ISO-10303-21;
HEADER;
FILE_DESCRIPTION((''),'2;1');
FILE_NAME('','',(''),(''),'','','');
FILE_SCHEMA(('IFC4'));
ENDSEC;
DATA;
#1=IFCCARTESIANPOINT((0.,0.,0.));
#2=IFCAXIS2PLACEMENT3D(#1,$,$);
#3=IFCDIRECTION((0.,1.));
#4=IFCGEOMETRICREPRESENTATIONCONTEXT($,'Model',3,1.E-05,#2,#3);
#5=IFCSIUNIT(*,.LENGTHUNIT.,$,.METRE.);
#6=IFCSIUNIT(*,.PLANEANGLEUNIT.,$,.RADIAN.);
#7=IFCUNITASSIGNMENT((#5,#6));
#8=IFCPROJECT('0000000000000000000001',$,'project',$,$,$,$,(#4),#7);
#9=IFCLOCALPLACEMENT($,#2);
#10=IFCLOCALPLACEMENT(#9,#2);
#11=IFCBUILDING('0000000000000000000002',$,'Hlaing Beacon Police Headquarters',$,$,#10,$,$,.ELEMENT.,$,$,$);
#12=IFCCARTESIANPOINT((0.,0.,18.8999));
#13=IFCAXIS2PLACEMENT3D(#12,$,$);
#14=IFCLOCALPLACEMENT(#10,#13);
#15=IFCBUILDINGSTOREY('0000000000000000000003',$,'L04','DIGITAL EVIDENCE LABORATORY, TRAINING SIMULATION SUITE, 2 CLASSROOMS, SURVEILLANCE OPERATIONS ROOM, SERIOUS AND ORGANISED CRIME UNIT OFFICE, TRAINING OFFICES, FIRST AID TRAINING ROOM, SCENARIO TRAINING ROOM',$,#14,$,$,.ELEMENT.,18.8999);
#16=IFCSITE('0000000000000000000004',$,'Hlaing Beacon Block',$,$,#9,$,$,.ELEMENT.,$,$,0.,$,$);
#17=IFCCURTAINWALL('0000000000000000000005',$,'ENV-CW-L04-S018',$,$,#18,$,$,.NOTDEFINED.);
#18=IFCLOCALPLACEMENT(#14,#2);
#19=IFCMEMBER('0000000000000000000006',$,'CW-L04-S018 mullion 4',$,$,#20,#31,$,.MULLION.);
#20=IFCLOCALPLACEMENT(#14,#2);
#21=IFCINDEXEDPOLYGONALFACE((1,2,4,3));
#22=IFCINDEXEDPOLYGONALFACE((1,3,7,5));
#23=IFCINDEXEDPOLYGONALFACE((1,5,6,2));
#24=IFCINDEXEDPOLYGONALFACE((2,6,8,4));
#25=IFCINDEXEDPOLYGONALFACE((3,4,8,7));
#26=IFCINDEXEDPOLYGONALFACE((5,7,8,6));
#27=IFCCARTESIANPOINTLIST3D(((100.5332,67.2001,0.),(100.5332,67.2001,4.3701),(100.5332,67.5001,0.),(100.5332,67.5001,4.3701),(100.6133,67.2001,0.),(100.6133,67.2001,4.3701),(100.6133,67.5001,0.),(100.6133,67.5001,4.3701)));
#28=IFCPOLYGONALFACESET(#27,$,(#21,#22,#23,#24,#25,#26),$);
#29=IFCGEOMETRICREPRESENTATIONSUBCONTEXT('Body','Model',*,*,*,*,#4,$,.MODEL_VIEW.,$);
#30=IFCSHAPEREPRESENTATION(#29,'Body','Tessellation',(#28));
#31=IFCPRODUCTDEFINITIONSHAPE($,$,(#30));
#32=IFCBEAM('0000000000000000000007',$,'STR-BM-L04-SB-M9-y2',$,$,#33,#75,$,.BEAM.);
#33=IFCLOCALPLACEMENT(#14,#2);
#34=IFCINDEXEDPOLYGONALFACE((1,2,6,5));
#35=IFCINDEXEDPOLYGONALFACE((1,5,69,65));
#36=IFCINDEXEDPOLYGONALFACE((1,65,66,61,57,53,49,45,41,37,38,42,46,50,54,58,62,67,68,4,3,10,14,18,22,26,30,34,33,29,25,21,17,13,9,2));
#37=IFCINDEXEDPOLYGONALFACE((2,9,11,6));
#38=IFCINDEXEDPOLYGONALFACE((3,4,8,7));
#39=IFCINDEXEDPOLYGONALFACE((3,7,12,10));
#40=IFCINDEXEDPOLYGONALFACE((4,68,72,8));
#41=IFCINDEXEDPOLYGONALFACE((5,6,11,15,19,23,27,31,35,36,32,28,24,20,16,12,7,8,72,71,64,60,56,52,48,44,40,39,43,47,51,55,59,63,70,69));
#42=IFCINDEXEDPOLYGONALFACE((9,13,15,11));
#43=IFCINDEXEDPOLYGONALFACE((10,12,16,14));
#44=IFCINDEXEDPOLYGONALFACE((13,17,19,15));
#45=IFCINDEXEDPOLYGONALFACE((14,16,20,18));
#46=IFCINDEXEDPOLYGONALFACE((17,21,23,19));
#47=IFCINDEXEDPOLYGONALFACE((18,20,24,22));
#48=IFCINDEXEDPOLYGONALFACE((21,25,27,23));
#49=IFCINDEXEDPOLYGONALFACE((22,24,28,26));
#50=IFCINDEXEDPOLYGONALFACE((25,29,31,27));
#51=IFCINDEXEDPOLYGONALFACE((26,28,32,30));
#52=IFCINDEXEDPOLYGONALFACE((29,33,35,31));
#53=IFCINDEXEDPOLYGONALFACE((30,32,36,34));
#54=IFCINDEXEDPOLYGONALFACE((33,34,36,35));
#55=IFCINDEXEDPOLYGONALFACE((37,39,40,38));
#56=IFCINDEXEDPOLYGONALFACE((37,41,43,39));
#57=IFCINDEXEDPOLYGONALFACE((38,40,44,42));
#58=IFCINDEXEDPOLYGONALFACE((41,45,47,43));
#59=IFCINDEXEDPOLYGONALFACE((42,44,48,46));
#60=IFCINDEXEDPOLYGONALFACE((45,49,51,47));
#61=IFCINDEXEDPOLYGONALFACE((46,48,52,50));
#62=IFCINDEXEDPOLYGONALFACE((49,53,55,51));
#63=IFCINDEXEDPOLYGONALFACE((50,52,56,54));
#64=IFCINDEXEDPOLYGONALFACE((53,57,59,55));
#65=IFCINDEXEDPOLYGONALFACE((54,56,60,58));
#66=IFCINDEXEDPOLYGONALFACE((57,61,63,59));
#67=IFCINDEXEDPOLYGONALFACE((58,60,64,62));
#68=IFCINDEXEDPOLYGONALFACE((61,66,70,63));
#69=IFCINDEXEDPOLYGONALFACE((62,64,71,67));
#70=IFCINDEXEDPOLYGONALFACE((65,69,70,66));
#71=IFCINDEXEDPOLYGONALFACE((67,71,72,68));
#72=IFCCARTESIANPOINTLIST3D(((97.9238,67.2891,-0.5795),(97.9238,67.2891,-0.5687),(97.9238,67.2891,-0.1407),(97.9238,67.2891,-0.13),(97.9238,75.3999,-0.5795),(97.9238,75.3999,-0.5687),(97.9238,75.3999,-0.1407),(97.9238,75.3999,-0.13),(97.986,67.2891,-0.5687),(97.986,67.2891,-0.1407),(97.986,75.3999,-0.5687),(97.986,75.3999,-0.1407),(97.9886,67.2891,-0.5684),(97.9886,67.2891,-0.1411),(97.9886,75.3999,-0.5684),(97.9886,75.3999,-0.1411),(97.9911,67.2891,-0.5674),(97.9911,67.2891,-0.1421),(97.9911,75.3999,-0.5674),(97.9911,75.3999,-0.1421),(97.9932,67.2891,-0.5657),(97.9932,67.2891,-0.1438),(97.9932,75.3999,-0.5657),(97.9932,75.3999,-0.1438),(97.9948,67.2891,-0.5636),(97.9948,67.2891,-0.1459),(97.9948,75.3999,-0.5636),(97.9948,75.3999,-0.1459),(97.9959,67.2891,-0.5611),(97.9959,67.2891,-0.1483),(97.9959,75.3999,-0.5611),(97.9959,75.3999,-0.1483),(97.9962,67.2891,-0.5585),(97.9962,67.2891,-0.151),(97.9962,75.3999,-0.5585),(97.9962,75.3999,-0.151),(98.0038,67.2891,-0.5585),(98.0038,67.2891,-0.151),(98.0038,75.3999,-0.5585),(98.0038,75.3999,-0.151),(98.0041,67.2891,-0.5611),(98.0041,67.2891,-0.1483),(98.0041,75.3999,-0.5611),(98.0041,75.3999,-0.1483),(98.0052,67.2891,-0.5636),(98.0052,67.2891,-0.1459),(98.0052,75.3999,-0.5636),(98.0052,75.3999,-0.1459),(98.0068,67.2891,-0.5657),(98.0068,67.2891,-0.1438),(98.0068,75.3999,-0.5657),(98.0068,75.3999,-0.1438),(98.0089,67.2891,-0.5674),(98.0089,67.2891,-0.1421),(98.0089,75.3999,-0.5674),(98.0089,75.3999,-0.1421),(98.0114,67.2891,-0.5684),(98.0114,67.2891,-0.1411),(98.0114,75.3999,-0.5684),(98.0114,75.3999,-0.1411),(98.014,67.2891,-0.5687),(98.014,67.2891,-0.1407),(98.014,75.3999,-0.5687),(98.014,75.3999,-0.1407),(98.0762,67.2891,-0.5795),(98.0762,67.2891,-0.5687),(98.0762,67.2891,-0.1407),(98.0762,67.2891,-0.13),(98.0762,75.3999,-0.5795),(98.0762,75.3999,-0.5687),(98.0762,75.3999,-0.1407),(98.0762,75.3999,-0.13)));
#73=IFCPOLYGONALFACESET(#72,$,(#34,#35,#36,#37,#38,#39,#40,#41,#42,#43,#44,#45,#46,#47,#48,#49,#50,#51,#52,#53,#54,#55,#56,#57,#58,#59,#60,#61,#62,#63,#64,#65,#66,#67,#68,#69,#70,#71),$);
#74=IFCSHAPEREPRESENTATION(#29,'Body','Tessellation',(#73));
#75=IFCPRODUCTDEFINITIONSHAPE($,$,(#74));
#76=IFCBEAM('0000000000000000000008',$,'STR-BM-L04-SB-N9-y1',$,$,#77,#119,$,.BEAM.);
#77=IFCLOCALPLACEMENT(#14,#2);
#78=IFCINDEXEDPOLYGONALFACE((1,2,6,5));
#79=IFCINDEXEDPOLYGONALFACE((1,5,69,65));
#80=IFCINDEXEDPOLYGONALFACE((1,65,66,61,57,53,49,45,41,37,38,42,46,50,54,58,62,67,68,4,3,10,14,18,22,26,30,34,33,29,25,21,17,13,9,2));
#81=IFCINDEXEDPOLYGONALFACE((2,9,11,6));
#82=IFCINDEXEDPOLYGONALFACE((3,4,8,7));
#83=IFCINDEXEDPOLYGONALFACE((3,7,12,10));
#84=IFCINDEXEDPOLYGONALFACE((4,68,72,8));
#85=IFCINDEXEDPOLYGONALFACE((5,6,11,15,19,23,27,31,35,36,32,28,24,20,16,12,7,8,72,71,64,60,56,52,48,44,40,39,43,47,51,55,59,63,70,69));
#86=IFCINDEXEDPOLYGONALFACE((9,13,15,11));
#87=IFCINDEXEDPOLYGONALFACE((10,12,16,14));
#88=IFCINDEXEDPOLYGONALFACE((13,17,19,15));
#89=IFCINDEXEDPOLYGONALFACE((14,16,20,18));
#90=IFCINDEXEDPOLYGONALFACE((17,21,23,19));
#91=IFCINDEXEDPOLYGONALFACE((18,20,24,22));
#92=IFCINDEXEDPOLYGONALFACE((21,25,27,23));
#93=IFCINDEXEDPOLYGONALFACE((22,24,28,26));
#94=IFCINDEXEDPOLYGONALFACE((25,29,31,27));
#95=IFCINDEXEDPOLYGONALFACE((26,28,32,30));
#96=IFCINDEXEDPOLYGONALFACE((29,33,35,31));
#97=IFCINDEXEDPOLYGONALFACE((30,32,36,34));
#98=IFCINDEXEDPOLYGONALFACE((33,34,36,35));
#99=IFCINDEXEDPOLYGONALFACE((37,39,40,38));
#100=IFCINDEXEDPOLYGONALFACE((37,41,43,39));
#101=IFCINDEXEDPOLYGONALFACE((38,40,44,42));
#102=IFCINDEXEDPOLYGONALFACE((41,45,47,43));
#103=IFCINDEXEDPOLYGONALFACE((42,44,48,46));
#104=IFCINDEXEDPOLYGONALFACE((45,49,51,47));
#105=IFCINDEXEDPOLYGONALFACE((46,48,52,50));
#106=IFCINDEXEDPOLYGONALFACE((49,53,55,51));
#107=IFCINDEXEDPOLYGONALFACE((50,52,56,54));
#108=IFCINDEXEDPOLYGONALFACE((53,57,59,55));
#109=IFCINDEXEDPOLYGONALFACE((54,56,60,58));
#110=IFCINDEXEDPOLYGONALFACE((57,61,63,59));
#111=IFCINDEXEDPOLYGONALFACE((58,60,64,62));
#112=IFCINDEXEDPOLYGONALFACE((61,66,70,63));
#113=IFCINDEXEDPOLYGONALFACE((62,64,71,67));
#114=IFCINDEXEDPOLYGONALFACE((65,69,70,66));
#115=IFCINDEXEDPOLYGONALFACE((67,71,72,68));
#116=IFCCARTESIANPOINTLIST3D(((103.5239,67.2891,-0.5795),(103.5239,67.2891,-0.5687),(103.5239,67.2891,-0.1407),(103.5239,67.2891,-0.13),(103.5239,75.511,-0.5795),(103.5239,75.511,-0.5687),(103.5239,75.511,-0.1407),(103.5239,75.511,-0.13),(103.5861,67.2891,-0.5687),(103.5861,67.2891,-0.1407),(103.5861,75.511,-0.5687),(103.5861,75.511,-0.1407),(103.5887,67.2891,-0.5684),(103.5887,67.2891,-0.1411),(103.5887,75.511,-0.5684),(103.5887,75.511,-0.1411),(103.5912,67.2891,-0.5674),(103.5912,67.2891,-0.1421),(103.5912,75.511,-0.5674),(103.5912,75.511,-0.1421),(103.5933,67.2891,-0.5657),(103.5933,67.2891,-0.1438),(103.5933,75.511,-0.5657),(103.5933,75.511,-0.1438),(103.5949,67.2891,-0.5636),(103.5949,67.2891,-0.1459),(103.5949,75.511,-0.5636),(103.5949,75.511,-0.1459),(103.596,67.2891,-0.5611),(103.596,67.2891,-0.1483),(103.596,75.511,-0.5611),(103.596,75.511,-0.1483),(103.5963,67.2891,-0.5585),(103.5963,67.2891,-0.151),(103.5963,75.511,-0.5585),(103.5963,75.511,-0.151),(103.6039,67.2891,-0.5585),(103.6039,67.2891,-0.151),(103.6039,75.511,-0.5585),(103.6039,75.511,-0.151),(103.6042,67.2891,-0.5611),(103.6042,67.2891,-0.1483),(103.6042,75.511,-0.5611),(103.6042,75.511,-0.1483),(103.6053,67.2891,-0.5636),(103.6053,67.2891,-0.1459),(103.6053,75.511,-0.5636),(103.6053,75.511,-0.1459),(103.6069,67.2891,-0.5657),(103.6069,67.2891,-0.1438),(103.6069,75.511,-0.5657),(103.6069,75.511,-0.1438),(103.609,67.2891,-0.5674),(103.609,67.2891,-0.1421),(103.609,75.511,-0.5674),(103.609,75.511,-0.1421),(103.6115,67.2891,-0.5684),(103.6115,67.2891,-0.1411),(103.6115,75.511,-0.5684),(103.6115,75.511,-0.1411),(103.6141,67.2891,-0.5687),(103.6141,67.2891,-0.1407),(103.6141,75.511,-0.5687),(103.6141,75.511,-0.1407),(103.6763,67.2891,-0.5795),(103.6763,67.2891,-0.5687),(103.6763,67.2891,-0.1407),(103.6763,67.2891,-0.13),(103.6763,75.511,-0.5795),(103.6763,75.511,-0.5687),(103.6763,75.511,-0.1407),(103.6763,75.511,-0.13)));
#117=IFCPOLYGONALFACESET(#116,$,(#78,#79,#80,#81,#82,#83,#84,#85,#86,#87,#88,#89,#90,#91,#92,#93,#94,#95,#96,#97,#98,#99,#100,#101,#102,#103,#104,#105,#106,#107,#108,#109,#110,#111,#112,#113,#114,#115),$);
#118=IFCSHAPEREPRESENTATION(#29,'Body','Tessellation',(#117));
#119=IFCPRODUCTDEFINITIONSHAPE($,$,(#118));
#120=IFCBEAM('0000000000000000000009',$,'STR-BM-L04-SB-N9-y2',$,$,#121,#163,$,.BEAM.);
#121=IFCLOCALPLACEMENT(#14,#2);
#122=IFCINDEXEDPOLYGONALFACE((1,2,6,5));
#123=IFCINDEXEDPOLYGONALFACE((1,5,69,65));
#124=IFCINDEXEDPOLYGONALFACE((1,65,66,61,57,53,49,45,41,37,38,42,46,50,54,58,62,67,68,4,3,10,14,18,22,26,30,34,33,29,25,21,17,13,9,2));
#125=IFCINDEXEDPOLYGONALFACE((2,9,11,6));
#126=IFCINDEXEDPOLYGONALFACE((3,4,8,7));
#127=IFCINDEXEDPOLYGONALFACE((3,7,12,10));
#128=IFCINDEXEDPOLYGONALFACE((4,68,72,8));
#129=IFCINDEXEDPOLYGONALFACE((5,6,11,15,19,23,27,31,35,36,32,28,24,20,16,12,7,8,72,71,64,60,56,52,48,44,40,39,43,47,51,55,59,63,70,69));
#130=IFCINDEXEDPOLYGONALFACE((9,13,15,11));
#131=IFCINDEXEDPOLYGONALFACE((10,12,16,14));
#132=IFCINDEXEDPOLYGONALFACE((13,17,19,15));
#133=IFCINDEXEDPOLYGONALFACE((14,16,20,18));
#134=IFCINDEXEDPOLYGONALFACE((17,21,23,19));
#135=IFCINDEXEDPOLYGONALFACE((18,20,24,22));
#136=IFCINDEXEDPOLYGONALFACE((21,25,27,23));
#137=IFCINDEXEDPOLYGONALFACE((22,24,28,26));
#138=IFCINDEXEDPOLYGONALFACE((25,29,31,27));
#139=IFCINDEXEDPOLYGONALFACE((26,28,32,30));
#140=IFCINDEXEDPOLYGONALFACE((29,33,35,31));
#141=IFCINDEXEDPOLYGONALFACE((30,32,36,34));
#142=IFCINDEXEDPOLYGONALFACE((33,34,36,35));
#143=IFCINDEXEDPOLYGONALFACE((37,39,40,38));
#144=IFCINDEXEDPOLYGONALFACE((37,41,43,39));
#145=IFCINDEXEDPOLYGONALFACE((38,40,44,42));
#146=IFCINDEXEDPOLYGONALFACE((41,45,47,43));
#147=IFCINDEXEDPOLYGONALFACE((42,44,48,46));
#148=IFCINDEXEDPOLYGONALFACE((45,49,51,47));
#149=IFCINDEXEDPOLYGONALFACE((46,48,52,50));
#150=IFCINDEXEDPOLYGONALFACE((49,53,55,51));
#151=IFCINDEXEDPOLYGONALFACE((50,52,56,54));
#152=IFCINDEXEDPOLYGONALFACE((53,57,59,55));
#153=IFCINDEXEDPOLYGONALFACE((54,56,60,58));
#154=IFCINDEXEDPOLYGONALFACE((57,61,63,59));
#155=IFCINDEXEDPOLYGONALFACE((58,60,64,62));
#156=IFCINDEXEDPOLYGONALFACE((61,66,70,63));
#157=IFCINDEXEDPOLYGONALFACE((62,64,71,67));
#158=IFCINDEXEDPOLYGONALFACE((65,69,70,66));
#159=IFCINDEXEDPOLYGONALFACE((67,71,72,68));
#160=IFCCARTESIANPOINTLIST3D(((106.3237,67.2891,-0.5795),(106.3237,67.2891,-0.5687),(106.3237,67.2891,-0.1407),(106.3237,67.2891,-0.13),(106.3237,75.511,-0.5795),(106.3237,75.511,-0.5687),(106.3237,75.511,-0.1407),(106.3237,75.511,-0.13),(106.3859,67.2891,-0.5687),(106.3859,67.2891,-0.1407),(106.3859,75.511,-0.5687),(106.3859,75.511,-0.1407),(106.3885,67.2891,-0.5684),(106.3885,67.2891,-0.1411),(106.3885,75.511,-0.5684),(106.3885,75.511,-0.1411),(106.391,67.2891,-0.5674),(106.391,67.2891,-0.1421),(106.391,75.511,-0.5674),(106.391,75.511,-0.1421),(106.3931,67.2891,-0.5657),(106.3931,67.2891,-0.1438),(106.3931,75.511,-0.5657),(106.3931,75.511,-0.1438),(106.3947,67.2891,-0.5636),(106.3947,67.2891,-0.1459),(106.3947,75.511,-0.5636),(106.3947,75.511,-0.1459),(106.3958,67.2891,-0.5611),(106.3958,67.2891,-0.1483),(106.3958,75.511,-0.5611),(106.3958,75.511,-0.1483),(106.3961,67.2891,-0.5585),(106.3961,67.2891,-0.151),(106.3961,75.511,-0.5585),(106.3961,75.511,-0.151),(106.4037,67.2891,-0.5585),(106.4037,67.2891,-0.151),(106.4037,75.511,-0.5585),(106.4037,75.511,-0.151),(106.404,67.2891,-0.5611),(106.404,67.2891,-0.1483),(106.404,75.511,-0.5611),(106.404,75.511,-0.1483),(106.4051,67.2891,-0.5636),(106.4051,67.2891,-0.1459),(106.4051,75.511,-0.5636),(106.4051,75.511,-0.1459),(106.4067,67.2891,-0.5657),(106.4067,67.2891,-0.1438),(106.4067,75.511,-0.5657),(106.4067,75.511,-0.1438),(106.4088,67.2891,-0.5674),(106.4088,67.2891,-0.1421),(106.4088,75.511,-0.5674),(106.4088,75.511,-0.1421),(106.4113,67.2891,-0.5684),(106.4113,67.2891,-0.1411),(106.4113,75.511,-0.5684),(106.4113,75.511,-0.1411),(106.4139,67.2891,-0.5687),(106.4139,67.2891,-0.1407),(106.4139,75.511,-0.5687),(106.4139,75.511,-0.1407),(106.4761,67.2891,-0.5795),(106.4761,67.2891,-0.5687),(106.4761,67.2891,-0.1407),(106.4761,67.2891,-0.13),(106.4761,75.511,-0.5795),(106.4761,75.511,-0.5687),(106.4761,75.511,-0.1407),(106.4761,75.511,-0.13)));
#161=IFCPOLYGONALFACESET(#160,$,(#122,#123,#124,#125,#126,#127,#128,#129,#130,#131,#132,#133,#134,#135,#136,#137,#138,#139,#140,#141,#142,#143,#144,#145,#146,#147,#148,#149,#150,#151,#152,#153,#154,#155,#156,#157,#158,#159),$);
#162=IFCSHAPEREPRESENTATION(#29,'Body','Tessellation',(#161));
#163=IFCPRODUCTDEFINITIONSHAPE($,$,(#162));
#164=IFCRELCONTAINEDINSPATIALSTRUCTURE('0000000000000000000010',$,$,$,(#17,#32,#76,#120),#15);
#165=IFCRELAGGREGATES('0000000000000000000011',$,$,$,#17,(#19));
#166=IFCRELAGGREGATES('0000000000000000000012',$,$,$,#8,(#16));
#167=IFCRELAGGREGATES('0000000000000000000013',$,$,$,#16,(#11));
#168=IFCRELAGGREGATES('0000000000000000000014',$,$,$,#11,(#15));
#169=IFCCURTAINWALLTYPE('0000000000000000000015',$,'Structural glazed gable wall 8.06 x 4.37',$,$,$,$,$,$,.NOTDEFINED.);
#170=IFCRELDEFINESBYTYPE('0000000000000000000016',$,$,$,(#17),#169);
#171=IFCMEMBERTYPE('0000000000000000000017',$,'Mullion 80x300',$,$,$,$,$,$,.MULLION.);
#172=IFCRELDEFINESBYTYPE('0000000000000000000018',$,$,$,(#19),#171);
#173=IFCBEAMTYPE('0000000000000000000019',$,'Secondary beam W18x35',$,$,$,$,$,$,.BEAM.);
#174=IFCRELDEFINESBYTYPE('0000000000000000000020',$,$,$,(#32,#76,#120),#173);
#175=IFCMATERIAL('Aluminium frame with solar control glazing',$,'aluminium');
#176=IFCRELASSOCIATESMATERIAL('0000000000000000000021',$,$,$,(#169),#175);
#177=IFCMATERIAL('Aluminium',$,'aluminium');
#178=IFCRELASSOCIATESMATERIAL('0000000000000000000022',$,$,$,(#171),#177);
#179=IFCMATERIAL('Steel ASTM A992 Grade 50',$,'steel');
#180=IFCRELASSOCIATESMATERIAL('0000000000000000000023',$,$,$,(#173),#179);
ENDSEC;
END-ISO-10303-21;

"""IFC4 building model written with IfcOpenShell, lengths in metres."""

from ifc_helpers import new_model, si_unit, direction, frame, origin, origin_2d, place, context, subcontext, project, spatial, rectangle, i_section, extrude, material, material_profile, profile_set, type_object, element, aggregate, save


model = new_model("IFC4")

# Units and contexts
model_context = context("Model", 3, precision=1e-05, world=origin(), true_north=direction((0.0, 1.0)))
body_context = subcontext(model_context, "Body", "Model", "MODEL_VIEW")
ifc_project = project(units=[si_unit("LENGTHUNIT", "METRE"), si_unit("PLANEANGLEUNIT", "RADIAN")], contexts=[model_context])

# Site, building, storey
site_placement = place(None, origin())
site = spatial("IfcSite", under=ifc_project, at=site_placement, Name="Hlaing Beacon Block", CompositionType="ELEMENT", RefElevation=0.0)
building_placement = place(site_placement, origin())
building = spatial("IfcBuilding", under=site, at=building_placement, Name="Hlaing Beacon Police Headquarters", CompositionType="ELEMENT")
storey_placement = place(building_placement, frame((0.0, 0.0, 18.8999)))
storey = spatial("IfcBuildingStorey", under=building, at=storey_placement, Name="L04", Description="DIGITAL EVIDENCE LABORATORY, TRAINING SIMULATION SUITE, 2 CLASSROOMS, SURVEILLANCE OPERATIONS ROOM, SERIOUS AND ORGANISED CRIME UNIT OFFICE, TRAINING OFFICES, FIRST AID TRAINING ROOM, SCENARIO TRAINING ROOM", CompositionType="ELEMENT", Elevation=18.8999)

# Curtain wall, member
ifc_material_1 = material(Name="Aluminium frame with solar control glazing", Category="aluminium")
curtain_wall_type = type_object("IfcCurtainWallType", Name="Structural glazed gable wall 8.06 x 4.37", PredefinedType="NOTDEFINED", material=ifc_material_1)
curtain_wall_placement = place(storey_placement, origin())
curtain_wall = element("IfcCurtainWall", 1, at=curtain_wall_placement, inside=storey, type_object=curtain_wall_type, Name="ENV-CW-L04-S018", PredefinedType="NOTDEFINED")
ifc_material_2 = material(Name="Aluminium", Category="aluminium")
ifc_material_profile_1 = material_profile(ifc_material_2, rectangle(XDim=0.3, YDim=0.0801, at=origin_2d()), Name="Mullion 80x300")
ifc_profile_set_1 = profile_set([ifc_material_profile_1], Name="Aluminium")
member_type_1 = type_object("IfcMemberType", Name="Mullion 80x300", PredefinedType="MULLION", material=ifc_profile_set_1)
member_1_placement = place(storey_placement, frame((100.5732, 67.3501, 0.0), z_axis=(0.0, 0.0, 1.0), x_axis=(0.0, 1.0, 0.0)))
member_1 = element("IfcMember", 2, at=member_1_placement, type_object=member_type_1, Name="CW-L04-S018 mullion 4", PredefinedType="MULLION", context=body_context, shape_type="SweptSolid", body=[
    extrude(rectangle(XDim=0.3, YDim=0.0801, at=origin_2d()), origin(), (0.0, 0.0, 1.0), 4.3701),
])

# Beams
ifc_material_3 = material(Name="Steel ASTM A992 Grade 50", Category="steel")
ifc_material_profile_2 = material_profile(ifc_material_3, i_section(OverallWidth=0.1523, OverallDepth=0.4495, WebThickness=0.0076, FlangeThickness=0.0107, FilletRadius=0.0103, at=origin_2d()), Name="W18x35")
ifc_profile_set_2 = profile_set([ifc_material_profile_2], Name="Steel ASTM A992 Grade 50")
beam_type_1 = type_object("IfcBeamType", Name="Secondary beam W18x35", PredefinedType="BEAM", material=ifc_profile_set_2)
beam_1_placement = place(storey_placement, frame((98.0, 67.2891, -0.3547), z_axis=(0.0, 1.0, 0.0), x_axis=(-1.0, 0.0, 0.0)))
element("IfcBeam", 3, at=beam_1_placement, inside=storey, type_object=beam_type_1, Name="STR-BM-L04-SB-M9-y2", PredefinedType="BEAM", context=body_context, shape_type="SweptSolid", body=[
    extrude(i_section(OverallWidth=0.1523, OverallDepth=0.4495, WebThickness=0.0076, FlangeThickness=0.0107, FilletRadius=0.0103, at=origin_2d()), origin(), (0.0, 0.0, 1.0), 8.1108),
])
for number, where, z_axis, x_axis, name in (
    (4, (103.6001, 67.2891, -0.3547), (0.0, 1.0, 0.0), (-1.0, 0.0, 0.0), "STR-BM-L04-SB-N9-y1"),
    (5, (106.3999, 67.2891, -0.3547), (0.0, 1.0, 0.0), (-1.0, 0.0, 0.0), "STR-BM-L04-SB-N9-y2"),
):
    element("IfcBeam", number, at=place(storey_placement, frame(where, z_axis=z_axis, x_axis=x_axis)), inside=storey, type_object=beam_type_1, Name=name, PredefinedType="BEAM", context=body_context, shape_type="SweptSolid", body=[
        extrude(i_section(OverallWidth=0.1523, OverallDepth=0.4495, WebThickness=0.0076, FlangeThickness=0.0107, FilletRadius=0.0103, at=origin_2d()), origin(), (0.0, 0.0, 1.0), 8.2219),
    ])

aggregate(curtain_wall, [member_1])

save(model, "model.ifc")
